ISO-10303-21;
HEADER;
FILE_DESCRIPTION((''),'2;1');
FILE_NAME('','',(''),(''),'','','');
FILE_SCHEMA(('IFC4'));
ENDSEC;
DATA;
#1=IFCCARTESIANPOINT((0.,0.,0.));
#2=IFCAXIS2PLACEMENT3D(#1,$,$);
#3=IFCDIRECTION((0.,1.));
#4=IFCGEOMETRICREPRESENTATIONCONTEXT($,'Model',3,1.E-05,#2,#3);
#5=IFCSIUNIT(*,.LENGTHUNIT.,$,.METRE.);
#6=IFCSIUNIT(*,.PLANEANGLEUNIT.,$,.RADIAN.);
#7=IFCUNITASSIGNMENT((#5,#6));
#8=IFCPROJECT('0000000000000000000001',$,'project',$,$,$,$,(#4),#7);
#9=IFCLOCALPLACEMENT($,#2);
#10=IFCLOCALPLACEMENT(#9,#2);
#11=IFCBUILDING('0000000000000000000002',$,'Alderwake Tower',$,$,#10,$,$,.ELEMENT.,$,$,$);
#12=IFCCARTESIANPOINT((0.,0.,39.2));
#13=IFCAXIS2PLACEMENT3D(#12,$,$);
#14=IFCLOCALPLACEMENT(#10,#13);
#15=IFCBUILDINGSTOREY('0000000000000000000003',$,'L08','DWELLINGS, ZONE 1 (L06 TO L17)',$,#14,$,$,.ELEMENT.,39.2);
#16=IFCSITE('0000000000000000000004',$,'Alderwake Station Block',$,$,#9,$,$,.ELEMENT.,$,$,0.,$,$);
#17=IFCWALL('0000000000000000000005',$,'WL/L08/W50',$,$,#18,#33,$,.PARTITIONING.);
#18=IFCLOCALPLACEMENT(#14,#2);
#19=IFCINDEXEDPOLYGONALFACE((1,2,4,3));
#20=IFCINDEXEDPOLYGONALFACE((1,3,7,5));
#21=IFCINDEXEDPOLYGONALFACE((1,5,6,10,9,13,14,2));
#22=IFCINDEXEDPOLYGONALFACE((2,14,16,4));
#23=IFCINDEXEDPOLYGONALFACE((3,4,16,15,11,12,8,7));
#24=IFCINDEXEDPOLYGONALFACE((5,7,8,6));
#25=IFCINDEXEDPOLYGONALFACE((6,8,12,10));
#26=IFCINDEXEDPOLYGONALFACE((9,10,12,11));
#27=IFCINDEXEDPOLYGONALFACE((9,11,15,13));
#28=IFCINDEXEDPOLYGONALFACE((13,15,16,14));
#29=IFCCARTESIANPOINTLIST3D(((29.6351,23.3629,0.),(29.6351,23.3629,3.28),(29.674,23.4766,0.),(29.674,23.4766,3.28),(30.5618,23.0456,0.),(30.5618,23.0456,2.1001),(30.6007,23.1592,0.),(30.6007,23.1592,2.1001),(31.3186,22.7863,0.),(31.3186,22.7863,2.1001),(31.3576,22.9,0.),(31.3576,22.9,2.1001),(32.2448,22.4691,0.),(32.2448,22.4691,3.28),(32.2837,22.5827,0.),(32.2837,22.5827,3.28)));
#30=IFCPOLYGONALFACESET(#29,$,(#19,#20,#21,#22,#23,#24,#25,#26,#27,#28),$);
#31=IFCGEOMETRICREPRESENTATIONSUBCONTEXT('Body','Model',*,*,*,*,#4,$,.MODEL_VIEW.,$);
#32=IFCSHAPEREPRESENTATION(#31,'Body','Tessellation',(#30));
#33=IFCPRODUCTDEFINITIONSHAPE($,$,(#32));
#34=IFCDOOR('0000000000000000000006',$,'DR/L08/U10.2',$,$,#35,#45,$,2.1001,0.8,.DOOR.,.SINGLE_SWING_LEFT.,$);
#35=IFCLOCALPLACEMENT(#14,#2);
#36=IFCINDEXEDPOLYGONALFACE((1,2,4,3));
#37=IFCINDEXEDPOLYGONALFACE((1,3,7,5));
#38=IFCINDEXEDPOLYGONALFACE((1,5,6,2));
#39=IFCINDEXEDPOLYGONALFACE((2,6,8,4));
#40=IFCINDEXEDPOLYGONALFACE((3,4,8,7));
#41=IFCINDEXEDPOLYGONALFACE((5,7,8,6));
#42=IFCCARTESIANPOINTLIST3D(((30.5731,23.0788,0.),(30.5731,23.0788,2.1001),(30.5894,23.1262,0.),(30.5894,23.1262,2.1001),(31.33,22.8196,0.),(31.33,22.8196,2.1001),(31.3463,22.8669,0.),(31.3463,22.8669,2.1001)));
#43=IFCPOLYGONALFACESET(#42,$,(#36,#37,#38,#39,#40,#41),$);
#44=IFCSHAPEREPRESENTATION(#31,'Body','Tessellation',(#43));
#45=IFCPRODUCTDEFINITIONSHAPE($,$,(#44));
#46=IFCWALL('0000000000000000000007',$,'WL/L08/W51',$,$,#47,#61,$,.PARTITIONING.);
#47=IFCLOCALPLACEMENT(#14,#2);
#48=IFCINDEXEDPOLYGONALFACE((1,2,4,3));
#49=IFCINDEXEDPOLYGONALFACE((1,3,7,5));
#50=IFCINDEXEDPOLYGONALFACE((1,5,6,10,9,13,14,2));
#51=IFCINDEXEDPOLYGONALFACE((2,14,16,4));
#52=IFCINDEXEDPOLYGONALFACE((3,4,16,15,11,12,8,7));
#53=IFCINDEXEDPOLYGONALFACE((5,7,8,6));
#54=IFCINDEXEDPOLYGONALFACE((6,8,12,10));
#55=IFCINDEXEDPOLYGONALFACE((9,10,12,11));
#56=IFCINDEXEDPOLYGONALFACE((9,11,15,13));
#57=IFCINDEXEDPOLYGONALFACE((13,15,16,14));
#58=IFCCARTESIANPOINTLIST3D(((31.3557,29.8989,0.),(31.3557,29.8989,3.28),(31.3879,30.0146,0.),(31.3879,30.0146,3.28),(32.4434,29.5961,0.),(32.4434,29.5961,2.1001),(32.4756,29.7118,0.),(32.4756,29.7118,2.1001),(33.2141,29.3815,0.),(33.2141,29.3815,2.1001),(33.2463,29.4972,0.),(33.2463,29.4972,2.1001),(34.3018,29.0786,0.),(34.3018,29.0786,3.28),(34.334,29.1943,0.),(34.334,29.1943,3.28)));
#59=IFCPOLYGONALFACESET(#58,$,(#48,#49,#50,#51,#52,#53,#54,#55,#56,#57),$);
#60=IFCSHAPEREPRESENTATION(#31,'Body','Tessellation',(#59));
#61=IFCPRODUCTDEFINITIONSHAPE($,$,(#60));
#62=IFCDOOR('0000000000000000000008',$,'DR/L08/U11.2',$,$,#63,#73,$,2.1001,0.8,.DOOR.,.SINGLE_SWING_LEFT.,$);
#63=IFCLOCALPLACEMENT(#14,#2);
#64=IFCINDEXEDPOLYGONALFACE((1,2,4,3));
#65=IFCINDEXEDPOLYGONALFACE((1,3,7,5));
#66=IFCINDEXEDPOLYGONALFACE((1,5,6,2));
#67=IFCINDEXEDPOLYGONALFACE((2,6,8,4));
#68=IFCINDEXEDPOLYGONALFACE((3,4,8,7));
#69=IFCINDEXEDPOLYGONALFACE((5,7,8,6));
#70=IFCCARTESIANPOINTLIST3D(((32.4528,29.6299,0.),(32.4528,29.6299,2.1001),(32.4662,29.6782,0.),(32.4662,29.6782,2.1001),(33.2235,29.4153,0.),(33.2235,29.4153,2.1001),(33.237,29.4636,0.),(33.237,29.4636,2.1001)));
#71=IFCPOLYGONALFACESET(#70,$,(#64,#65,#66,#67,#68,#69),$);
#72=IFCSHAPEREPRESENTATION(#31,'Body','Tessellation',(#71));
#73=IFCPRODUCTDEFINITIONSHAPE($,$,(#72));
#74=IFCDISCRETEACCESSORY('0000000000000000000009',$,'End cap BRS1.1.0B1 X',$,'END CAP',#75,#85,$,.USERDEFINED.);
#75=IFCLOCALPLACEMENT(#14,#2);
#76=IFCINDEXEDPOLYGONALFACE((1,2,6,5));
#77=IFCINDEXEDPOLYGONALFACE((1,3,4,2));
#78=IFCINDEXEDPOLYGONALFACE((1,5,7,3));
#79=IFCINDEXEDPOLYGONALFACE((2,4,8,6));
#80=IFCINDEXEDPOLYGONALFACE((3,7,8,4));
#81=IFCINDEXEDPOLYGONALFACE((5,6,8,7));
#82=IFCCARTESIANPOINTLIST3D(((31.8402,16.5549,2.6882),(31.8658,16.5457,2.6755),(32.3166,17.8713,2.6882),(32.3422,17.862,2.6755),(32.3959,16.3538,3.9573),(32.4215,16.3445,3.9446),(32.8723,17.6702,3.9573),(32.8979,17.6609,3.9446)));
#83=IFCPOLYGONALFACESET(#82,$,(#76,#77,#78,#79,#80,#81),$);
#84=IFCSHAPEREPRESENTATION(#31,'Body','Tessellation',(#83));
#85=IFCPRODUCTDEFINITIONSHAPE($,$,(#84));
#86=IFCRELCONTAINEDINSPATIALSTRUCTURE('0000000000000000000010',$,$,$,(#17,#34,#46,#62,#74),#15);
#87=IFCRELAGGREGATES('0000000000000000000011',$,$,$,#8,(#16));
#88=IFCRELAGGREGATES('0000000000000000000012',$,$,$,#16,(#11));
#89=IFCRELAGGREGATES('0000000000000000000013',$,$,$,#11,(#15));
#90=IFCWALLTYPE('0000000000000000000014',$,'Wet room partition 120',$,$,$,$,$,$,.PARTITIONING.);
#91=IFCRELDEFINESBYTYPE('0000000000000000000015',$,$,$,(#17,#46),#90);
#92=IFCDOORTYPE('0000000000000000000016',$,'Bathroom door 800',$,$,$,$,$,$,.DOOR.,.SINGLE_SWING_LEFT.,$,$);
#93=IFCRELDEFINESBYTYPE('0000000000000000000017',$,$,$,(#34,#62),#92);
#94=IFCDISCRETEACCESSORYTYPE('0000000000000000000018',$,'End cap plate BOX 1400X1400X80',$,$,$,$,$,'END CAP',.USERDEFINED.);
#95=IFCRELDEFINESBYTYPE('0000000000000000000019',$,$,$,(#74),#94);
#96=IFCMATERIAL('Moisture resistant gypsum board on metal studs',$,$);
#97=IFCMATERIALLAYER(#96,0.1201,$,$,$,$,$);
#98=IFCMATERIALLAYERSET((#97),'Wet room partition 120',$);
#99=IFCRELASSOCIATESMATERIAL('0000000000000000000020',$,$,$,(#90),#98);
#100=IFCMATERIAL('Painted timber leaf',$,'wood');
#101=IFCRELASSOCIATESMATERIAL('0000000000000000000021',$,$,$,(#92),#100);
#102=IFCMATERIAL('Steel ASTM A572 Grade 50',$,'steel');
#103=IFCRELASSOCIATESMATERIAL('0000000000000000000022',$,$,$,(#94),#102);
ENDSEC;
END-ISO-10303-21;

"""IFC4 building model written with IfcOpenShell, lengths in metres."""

from ifc_helpers import new_model, si_unit, direction, frame, frame_2d, origin, origin_2d, place, context, subcontext, project, spatial, rectangle, extrude, material, layer, layer_set, material_profile, profile_set, type_object, element, fill, save


model = new_model("IFC4")

# Units and contexts
model_context = context("Model", 3, precision=1e-05, world=origin(), true_north=direction((0.0, 1.0)))
body_context = subcontext(model_context, "Body", "Model", "MODEL_VIEW")
ifc_project = project(units=[si_unit("LENGTHUNIT", "METRE"), si_unit("PLANEANGLEUNIT", "RADIAN")], contexts=[model_context])

# Site, building, storey
site_placement = place(None, origin())
site = spatial("IfcSite", under=ifc_project, at=site_placement, Name="Alderwake Station Block", CompositionType="ELEMENT", RefElevation=0.0)
building_placement = place(site_placement, origin())
building = spatial("IfcBuilding", under=site, at=building_placement, Name="Alderwake Tower", CompositionType="ELEMENT")
storey_placement = place(building_placement, frame((0.0, 0.0, 39.2)))
storey = spatial("IfcBuildingStorey", under=building, at=storey_placement, Name="L08", Description="DWELLINGS, ZONE 1 (L06 TO L17)", CompositionType="ELEMENT", Elevation=39.2)

# Shared definitions
ifc_material_1 = material(Name="Moisture resistant gypsum board on metal studs")
ifc_layer_1 = layer(ifc_material_1, 0.1201)
ifc_layer_set_1 = layer_set([ifc_layer_1], Name="Wet room partition 120")
wall_type_1 = type_object("IfcWallType", Name="Wet room partition 120", PredefinedType="PARTITIONING", material=ifc_layer_set_1)

# Walls, openings, doors
wall_1_placement = place(storey_placement, frame((32.2644, 22.5259, 0.0), z_axis=(0.0, 0.0, 1.0), x_axis=(-0.946049, 0.324023, 0.0)))
wall_1 = element("IfcWall", 1, at=wall_1_placement, inside=storey, type_object=wall_type_1, Name="WL/L08/W50", PredefinedType="PARTITIONING", context=body_context, shape_type="SweptSolid", body=[
    extrude(rectangle(XDim=2.7585, YDim=0.1201, at=frame_2d((1.3794, 0.0))), origin(), (0.0, 0.0, 1.0), 3.28),
])
opening_1_placement = place(wall_1_placement, frame((0.9792, 0.0, 0.0)))
opening_1 = element("IfcOpeningElement", 2, at=opening_1_placement, cuts=wall_1, PredefinedType="OPENING", context=body_context, shape_type="SweptSolid", body=[
    extrude(rectangle(XDim=0.8, YDim=2.1001, at=frame_2d((0.3999, 1.05))), frame((0.0, 0.0701, 0.0), z_axis=(0.0, -1.0, 0.0), x_axis=(1.0, 0.0, 0.0)), (0.0, 0.0, 1.0), 0.1401),
])
ifc_material_2 = material(Name="Painted timber leaf", Category="wood")
door_type_1 = type_object("IfcDoorType", Name="Bathroom door 800", OperationType="SINGLE_SWING_LEFT", PredefinedType="DOOR", material=ifc_material_2)
door_1_placement = place(opening_1_placement, origin())
door_1 = element("IfcDoor", 3, at=door_1_placement, inside=storey, type_object=door_type_1, Name="DR/L08/U10.2", OperationType="SINGLE_SWING_LEFT", OverallHeight=2.1001, OverallWidth=0.8, PredefinedType="DOOR", context=body_context, shape_type="SweptSolid", body=[
    extrude(rectangle(XDim=0.8, YDim=2.1001, at=frame_2d((0.3999, 1.05))), frame((0.0, 0.0249, 0.0), z_axis=(0.0, -1.0, 0.0), x_axis=(1.0, 0.0, 0.0)), (0.0, 0.0, 1.0), 0.05),
])
fill(opening_1, door_1)
wall_2_placement = place(storey_placement, frame((34.3179, 29.1365, 0.0), z_axis=(0.0, 0.0, 1.0), x_axis=(-0.963352, 0.268241, 0.0)))
wall_2 = element("IfcWall", 4, at=wall_2_placement, inside=storey, type_object=wall_type_1, Name="WL/L08/W51", PredefinedType="PARTITIONING", context=body_context, shape_type="SweptSolid", body=[
    extrude(rectangle(XDim=3.0581, YDim=0.1201, at=frame_2d((1.5291, 0.0))), origin(), (0.0, 0.0, 1.0), 3.28),
])
opening_2_placement = place(wall_2_placement, frame((1.1292, 0.0, 0.0)))
opening_2 = element("IfcOpeningElement", 5, at=opening_2_placement, cuts=wall_2, PredefinedType="OPENING", context=body_context, shape_type="SweptSolid", body=[
    extrude(rectangle(XDim=0.8, YDim=2.1001, at=frame_2d((0.3999, 1.05))), frame((0.0, 0.0701, 0.0), z_axis=(0.0, -1.0, 0.0), x_axis=(1.0, 0.0, 0.0)), (0.0, 0.0, 1.0), 0.1401),
])
door_2_placement = place(opening_2_placement, origin())
door_2 = element("IfcDoor", 6, at=door_2_placement, inside=storey, type_object=door_type_1, Name="DR/L08/U11.2", OperationType="SINGLE_SWING_LEFT", OverallHeight=2.1001, OverallWidth=0.8, PredefinedType="DOOR", context=body_context, shape_type="SweptSolid", body=[
    extrude(rectangle(XDim=0.8, YDim=2.1001, at=frame_2d((0.3999, 1.05))), frame((0.0, 0.0249, 0.0), z_axis=(0.0, -1.0, 0.0), x_axis=(1.0, 0.0, 0.0)), (0.0, 0.0, 1.0), 0.05),
])
fill(opening_2, door_2)

# Discrete accessory
ifc_material_3 = material(Name="Steel ASTM A572 Grade 50", Category="steel")
ifc_material_profile = material_profile(ifc_material_3, rectangle(XDim=1.3999, YDim=1.3999, at=origin_2d()), Name="BOX 1400X1400X80 cap")
ifc_profile_set = profile_set([ifc_material_profile], Name="Steel ASTM A572 Grade 50")
discrete_accessory_type = type_object("IfcDiscreteAccessoryType", Name="End cap plate BOX 1400X1400X80", ElementType="END CAP", PredefinedType="USERDEFINED", material=ifc_profile_set)
discrete_accessory_placement = place(storey_placement, frame((32.3818, 17.1033, 3.3101), z_axis=(-0.85242, 0.308495, 0.422151), x_axis=(-0.340305, -0.940315, 0.0)))
element("IfcDiscreteAccessory", 7, at=discrete_accessory_placement, inside=storey, type_object=discrete_accessory_type, Name="End cap BRS1.1.0B1 X", ObjectType="END CAP", PredefinedType="USERDEFINED", context=body_context, shape_type="SweptSolid", body=[
    extrude(rectangle(XDim=1.3999, YDim=1.3999, at=origin_2d()), origin(), (0.0, 0.0, 1.0), 0.03),
])

save(model, "model.ifc")
